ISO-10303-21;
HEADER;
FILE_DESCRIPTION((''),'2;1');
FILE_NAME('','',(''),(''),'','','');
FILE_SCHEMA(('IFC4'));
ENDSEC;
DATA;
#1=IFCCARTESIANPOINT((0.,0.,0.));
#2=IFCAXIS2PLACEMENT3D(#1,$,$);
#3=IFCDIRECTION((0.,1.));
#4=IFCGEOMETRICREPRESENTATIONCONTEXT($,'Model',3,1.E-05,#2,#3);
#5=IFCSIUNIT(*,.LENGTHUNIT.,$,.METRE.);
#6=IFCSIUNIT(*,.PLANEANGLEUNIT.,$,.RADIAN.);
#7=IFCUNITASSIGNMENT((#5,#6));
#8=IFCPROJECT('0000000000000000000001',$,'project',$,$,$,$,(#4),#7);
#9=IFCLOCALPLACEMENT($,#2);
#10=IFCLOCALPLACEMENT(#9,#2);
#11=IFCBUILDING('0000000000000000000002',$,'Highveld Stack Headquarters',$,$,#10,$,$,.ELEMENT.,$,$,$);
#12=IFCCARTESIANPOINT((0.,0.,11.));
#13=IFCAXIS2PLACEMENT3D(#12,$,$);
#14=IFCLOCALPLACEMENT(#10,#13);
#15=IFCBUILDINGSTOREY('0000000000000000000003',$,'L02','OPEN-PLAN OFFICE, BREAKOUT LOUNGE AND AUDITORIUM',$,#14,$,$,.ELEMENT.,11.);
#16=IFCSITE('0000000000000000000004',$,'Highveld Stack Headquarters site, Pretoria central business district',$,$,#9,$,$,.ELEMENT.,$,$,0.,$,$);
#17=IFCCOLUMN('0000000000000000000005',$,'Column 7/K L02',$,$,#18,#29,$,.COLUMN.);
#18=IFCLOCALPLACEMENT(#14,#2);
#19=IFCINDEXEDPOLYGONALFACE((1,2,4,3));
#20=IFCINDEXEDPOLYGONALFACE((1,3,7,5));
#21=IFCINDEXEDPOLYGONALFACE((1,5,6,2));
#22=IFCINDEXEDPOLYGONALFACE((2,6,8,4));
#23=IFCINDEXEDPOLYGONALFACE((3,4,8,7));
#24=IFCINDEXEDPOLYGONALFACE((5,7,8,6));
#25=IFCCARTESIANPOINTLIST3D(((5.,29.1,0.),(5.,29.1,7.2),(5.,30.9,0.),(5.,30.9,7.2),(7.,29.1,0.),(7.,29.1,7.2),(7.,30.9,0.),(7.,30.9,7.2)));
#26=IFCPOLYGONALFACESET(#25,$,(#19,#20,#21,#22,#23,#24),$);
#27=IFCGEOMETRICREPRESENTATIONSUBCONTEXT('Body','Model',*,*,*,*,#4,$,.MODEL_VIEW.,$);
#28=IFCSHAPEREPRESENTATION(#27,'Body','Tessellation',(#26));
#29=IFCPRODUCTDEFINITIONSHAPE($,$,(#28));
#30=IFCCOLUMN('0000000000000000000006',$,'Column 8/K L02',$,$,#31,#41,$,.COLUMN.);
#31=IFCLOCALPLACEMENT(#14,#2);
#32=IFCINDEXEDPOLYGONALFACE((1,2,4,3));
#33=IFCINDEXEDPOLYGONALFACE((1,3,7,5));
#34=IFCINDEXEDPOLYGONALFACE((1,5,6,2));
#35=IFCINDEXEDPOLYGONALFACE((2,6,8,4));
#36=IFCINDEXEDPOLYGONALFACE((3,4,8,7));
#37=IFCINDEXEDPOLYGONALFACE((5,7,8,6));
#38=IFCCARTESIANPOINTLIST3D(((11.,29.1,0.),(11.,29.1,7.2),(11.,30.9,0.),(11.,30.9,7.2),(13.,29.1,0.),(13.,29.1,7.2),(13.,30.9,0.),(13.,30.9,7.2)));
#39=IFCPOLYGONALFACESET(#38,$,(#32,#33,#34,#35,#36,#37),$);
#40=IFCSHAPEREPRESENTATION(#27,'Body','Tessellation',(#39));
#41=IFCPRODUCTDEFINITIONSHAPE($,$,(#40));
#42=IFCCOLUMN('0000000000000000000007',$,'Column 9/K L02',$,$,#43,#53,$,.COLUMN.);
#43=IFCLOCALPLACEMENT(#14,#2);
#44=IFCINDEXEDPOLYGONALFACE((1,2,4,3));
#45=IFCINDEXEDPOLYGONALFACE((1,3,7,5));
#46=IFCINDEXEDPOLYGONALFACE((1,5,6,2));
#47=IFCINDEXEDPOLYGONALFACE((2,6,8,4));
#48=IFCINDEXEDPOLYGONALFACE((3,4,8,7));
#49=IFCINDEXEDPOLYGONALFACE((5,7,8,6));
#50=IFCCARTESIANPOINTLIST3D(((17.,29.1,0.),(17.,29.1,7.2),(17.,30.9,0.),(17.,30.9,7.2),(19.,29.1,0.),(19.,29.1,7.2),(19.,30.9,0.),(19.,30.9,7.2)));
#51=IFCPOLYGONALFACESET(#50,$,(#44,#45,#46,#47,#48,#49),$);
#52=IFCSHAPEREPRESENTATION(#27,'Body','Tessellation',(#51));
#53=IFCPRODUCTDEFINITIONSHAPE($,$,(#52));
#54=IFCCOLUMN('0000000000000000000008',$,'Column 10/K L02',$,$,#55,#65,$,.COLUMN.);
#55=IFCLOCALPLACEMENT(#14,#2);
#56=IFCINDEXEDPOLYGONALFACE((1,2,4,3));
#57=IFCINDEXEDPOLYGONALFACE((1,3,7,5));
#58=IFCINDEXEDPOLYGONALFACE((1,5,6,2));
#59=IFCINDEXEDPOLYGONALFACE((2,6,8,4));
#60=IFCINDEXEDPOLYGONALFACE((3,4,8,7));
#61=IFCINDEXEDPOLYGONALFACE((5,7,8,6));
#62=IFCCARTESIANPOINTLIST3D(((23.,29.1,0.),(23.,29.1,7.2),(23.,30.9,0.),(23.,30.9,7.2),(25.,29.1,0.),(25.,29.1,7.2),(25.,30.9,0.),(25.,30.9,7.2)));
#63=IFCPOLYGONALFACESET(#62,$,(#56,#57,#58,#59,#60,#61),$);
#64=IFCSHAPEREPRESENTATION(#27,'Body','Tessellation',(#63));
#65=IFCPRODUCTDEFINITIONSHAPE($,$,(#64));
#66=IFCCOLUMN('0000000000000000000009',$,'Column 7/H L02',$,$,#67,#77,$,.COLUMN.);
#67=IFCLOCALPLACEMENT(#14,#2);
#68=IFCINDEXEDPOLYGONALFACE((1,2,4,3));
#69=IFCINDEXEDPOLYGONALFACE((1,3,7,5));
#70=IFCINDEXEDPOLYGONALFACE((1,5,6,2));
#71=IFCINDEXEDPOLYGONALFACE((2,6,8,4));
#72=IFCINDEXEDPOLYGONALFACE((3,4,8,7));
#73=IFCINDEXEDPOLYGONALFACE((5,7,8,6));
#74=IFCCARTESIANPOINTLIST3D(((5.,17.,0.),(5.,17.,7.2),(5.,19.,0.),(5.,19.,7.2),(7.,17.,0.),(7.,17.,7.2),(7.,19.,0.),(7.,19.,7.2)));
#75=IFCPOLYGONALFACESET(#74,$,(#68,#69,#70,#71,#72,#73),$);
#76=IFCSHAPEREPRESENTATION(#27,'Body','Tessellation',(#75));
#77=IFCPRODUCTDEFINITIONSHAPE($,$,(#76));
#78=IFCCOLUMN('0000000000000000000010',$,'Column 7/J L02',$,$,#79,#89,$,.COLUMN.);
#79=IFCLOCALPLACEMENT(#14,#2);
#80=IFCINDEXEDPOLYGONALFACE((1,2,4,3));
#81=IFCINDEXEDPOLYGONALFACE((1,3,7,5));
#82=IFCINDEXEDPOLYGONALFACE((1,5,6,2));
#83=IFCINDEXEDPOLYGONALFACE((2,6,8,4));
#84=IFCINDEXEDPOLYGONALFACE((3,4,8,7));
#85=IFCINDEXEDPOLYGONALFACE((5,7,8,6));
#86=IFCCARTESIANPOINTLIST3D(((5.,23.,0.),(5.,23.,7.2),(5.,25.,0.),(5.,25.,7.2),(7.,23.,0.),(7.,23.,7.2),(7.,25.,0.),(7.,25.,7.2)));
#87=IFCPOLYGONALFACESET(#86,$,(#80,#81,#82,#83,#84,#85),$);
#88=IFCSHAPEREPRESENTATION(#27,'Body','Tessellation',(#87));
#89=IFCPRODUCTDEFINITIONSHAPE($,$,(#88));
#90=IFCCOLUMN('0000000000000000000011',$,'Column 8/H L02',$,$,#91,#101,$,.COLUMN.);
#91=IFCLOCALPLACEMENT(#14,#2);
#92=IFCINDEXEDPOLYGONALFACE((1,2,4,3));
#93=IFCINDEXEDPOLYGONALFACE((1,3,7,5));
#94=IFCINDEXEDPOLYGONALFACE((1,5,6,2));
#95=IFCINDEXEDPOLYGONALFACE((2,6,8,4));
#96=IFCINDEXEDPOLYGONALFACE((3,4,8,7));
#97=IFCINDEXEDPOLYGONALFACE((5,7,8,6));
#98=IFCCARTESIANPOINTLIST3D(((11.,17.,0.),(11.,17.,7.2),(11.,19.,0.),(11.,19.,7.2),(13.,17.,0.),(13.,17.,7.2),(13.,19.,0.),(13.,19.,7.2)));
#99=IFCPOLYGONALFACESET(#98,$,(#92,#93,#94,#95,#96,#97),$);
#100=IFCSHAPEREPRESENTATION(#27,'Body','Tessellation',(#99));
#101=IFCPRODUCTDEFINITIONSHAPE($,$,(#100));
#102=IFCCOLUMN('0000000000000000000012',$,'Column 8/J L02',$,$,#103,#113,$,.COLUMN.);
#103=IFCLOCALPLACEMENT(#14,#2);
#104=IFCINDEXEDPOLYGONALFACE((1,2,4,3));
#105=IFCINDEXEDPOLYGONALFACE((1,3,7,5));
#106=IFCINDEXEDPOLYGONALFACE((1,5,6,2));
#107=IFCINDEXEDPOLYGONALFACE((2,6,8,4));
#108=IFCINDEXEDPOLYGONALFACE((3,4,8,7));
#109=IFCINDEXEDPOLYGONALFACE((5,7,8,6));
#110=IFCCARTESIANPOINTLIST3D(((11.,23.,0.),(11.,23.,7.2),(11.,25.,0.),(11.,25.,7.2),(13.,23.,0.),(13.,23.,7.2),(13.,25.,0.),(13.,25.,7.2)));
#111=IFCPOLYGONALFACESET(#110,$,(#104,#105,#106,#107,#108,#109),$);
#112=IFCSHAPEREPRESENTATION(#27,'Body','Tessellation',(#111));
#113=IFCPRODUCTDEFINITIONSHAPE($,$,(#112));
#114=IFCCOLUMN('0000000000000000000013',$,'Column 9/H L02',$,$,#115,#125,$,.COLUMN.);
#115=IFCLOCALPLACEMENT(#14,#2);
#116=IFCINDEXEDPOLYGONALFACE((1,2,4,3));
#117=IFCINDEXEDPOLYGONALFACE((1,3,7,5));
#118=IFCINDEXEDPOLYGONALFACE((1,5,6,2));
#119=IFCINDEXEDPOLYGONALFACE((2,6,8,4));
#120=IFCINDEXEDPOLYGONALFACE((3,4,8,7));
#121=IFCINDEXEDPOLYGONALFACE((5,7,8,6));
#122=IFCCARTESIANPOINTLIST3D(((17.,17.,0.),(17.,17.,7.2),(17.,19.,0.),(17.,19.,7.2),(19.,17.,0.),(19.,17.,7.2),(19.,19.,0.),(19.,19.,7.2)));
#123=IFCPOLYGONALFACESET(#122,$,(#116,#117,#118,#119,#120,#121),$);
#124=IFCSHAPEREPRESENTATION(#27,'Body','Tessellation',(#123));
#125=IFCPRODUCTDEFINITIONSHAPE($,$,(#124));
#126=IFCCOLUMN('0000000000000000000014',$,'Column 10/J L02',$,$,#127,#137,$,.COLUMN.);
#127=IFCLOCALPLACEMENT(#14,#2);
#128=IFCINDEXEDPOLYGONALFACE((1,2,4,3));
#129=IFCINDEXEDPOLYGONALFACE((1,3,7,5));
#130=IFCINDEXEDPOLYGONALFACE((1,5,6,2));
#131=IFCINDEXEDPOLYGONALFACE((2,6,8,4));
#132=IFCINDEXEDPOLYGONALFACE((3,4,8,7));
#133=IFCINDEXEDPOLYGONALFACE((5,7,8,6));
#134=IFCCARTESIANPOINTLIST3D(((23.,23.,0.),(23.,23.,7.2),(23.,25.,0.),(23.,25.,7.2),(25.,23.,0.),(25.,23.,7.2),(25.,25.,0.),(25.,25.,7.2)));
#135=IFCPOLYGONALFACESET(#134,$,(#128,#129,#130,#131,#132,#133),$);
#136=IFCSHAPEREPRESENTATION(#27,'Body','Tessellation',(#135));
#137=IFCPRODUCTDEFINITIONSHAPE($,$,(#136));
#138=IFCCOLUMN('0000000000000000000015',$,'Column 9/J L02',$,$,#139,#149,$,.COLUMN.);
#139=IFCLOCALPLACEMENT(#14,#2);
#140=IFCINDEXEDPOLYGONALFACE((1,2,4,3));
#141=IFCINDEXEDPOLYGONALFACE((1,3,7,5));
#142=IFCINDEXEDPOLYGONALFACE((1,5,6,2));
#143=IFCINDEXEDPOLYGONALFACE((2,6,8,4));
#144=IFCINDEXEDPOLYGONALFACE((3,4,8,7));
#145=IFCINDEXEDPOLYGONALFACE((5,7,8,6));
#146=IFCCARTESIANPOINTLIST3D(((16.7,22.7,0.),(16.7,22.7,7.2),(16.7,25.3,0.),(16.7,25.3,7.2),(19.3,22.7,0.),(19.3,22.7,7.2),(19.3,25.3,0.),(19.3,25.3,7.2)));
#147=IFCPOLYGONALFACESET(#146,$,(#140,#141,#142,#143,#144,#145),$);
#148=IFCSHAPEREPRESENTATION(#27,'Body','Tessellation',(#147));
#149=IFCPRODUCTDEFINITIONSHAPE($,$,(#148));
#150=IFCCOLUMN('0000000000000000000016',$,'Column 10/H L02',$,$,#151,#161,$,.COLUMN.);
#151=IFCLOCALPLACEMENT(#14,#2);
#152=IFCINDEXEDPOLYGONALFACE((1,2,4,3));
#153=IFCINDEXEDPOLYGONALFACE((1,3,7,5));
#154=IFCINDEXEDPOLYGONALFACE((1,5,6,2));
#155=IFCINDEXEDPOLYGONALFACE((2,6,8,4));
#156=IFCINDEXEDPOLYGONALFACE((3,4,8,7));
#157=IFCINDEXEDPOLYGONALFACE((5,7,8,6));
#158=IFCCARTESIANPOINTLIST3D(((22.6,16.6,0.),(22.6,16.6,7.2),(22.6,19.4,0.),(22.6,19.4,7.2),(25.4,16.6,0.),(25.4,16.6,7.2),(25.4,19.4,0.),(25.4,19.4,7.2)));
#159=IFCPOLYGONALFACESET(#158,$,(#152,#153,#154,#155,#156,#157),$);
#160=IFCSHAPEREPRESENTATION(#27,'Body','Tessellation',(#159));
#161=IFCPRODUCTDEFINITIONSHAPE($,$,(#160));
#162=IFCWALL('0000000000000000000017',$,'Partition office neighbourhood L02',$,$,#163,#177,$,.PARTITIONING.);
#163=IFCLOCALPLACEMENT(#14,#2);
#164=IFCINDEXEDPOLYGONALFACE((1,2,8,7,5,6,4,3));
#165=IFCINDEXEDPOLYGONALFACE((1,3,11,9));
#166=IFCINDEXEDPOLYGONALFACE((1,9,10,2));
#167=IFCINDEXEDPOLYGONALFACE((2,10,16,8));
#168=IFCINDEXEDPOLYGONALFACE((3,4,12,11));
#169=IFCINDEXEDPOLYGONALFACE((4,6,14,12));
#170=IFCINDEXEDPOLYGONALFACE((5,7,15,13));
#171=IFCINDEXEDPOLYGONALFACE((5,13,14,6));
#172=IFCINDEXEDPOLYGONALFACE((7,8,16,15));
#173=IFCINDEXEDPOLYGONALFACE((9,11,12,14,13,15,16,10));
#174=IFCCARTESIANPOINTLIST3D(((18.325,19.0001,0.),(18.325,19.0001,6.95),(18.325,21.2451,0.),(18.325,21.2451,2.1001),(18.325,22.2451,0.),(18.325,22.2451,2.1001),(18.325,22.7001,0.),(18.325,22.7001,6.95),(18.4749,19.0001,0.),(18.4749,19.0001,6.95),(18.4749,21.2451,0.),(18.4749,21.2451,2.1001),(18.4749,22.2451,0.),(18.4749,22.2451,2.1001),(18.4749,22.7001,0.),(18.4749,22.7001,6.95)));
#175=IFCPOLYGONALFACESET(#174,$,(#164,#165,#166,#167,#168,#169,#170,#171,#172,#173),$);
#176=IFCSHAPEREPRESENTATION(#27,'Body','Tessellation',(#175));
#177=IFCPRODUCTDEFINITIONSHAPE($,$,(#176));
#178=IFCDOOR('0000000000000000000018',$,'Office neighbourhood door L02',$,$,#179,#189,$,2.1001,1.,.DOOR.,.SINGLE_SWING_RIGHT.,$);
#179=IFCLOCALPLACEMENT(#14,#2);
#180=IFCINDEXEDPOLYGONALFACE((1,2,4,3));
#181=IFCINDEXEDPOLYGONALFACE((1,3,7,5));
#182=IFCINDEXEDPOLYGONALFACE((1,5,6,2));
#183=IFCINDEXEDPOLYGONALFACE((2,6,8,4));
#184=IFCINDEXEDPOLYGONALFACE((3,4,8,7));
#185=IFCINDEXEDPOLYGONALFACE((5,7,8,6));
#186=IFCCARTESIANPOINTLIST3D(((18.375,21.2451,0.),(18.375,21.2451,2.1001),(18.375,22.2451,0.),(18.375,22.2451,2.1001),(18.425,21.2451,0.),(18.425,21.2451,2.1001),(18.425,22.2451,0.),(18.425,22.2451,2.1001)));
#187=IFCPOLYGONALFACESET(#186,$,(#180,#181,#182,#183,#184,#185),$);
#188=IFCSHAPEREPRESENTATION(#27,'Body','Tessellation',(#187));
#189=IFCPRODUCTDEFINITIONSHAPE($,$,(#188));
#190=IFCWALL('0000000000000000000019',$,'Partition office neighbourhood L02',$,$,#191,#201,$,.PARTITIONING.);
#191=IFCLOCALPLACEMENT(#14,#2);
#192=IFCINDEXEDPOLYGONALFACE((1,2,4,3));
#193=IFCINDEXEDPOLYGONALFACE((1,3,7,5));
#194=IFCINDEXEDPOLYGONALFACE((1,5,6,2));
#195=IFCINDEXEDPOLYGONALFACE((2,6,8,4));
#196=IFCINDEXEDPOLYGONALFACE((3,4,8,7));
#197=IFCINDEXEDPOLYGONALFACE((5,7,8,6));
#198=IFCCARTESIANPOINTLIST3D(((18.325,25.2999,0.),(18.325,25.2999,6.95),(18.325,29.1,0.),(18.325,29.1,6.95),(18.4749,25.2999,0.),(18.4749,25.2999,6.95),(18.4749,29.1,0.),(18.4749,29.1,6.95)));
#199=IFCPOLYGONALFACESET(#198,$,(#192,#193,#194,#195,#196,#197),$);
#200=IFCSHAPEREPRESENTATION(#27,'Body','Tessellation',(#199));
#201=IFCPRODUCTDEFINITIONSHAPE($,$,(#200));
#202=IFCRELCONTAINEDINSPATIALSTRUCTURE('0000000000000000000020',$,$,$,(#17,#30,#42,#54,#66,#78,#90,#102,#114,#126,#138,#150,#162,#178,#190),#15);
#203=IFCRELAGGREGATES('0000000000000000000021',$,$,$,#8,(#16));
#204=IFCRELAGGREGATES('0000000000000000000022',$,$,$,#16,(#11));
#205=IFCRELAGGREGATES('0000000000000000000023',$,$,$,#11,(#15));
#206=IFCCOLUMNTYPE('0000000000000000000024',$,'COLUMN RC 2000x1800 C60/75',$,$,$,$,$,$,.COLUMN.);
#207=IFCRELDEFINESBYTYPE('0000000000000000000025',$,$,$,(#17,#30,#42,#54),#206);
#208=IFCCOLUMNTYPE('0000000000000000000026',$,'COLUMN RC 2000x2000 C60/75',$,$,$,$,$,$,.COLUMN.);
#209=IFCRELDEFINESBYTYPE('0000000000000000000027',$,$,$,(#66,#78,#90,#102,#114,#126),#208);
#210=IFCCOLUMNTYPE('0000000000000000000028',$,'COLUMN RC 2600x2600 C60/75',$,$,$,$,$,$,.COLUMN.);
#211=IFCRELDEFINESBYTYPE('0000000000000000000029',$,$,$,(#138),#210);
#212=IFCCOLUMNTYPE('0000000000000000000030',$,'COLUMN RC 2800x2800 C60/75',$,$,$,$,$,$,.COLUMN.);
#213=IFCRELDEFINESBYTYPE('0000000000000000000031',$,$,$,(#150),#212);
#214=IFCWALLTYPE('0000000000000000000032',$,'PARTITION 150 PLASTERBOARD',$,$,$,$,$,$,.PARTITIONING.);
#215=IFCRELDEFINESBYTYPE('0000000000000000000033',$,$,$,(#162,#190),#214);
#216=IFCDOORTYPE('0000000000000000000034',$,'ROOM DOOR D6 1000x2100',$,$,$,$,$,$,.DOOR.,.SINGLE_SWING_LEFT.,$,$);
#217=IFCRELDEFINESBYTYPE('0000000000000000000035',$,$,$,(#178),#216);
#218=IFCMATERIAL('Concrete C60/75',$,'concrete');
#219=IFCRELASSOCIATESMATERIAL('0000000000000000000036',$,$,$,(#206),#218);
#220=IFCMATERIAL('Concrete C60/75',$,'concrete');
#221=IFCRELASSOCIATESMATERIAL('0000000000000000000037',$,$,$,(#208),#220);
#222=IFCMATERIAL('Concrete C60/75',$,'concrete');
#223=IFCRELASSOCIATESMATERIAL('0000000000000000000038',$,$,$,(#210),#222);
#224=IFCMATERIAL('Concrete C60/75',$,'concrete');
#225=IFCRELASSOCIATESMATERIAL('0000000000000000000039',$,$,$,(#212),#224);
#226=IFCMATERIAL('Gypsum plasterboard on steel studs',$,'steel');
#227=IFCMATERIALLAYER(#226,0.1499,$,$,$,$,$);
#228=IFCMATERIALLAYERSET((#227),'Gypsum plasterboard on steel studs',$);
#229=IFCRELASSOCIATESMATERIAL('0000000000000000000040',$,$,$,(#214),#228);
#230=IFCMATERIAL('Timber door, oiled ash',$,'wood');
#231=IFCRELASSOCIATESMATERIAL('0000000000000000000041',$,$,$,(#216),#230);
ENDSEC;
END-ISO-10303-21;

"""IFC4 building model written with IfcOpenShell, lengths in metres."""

from ifc_helpers import new_model, si_unit, direction, frame, frame_2d, origin, origin_2d, place, context, subcontext, project, spatial, rectangle, extrude, material, layer, layer_set, material_profile, profile_set, type_object, element, fill, save


model = new_model("IFC4")

# Units and contexts
model_context = context("Model", 3, precision=1e-05, world=origin(), true_north=direction((0.0, 1.0)))
body_context = subcontext(model_context, "Body", "Model", "MODEL_VIEW")
ifc_project = project(units=[si_unit("LENGTHUNIT", "METRE"), si_unit("PLANEANGLEUNIT", "RADIAN")], contexts=[model_context])

# Site, building, storey
site_placement = place(None, origin())
site = spatial("IfcSite", under=ifc_project, at=site_placement, Name="Highveld Stack Headquarters site, Pretoria central business district", CompositionType="ELEMENT", RefElevation=0.0)
building_placement = place(site_placement, origin())
building = spatial("IfcBuilding", under=site, at=building_placement, Name="Highveld Stack Headquarters", CompositionType="ELEMENT")
storey_placement = place(building_placement, frame((0.0, 0.0, 11.0)))
storey = spatial("IfcBuildingStorey", under=building, at=storey_placement, Name="L02", Description="OPEN-PLAN OFFICE, BREAKOUT LOUNGE AND AUDITORIUM", CompositionType="ELEMENT", Elevation=11.0)

# Columns
ifc_material_1 = material(Name="Concrete C60/75", Category="concrete")
ifc_material_profile_1 = material_profile(ifc_material_1, rectangle(XDim=2.0, YDim=1.8, at=origin_2d()), Name="RC 2000x1800")
ifc_profile_set_1 = profile_set([ifc_material_profile_1], Name="Concrete C60/75")
column_type_1 = type_object("IfcColumnType", Name="COLUMN RC 2000x1800 C60/75", PredefinedType="COLUMN", material=ifc_profile_set_1)
for number, where, z_axis, x_axis, name in (
    (1, (6.0, 30.0, 0.0), (0.0, 0.0, 1.0), (1.0, 0.0, 0.0), "Column 7/K L02"),
    (2, (12.0, 30.0, 0.0), (0.0, 0.0, 1.0), (1.0, 0.0, 0.0), "Column 8/K L02"),
    (3, (18.0, 30.0, 0.0), (0.0, 0.0, 1.0), (1.0, 0.0, 0.0), "Column 9/K L02"),
    (4, (24.0, 30.0, 0.0), (0.0, 0.0, 1.0), (1.0, 0.0, 0.0), "Column 10/K L02"),
):
    element("IfcColumn", number, at=place(storey_placement, frame(where, z_axis=z_axis, x_axis=x_axis)), inside=storey, type_object=column_type_1, Name=name, PredefinedType="COLUMN", context=body_context, shape_type="SweptSolid", body=[
        extrude(rectangle(XDim=2.0, YDim=1.8, at=origin_2d()), origin(), (0.0, 0.0, 1.0), 7.2),
    ])
ifc_material_2 = material(Name="Concrete C60/75", Category="concrete")
ifc_material_profile_2 = material_profile(ifc_material_2, rectangle(XDim=2.0, YDim=2.0, at=origin_2d()), Name="RC 2000x2000")
ifc_profile_set_2 = profile_set([ifc_material_profile_2], Name="Concrete C60/75")
column_type_2 = type_object("IfcColumnType", Name="COLUMN RC 2000x2000 C60/75", PredefinedType="COLUMN", material=ifc_profile_set_2)
for number, where, z_axis, x_axis, name in (
    (5, (6.0, 18.0, 0.0), (0.0, 0.0, 1.0), (1.0, 0.0, 0.0), "Column 7/H L02"),
    (6, (6.0, 24.0, 0.0), (0.0, 0.0, 1.0), (1.0, 0.0, 0.0), "Column 7/J L02"),
    (7, (12.0, 18.0, 0.0), (0.0, 0.0, 1.0), (1.0, 0.0, 0.0), "Column 8/H L02"),
    (8, (12.0, 24.0, 0.0), (0.0, 0.0, 1.0), (1.0, 0.0, 0.0), "Column 8/J L02"),
    (9, (18.0, 18.0, 0.0), (0.0, 0.0, 1.0), (1.0, 0.0, 0.0), "Column 9/H L02"),
    (10, (24.0, 24.0, 0.0), (0.0, 0.0, 1.0), (1.0, 0.0, 0.0), "Column 10/J L02"),
):
    element("IfcColumn", number, at=place(storey_placement, frame(where, z_axis=z_axis, x_axis=x_axis)), inside=storey, type_object=column_type_2, Name=name, PredefinedType="COLUMN", context=body_context, shape_type="SweptSolid", body=[
        extrude(rectangle(XDim=2.0, YDim=2.0, at=origin_2d()), origin(), (0.0, 0.0, 1.0), 7.2),
    ])
ifc_material_3 = material(Name="Concrete C60/75", Category="concrete")
ifc_material_profile_3 = material_profile(ifc_material_3, rectangle(XDim=2.6001, YDim=2.6001, at=origin_2d()), Name="RC 2600x2600")
ifc_profile_set_3 = profile_set([ifc_material_profile_3], Name="Concrete C60/75")
column_type_3 = type_object("IfcColumnType", Name="COLUMN RC 2600x2600 C60/75", PredefinedType="COLUMN", material=ifc_profile_set_3)
column_1_placement = place(storey_placement, frame((18.0, 24.0, 0.0), z_axis=(0.0, 0.0, 1.0), x_axis=(1.0, 0.0, 0.0)))
element("IfcColumn", 11, at=column_1_placement, inside=storey, type_object=column_type_3, Name="Column 9/J L02", PredefinedType="COLUMN", context=body_context, shape_type="SweptSolid", body=[
    extrude(rectangle(XDim=2.6001, YDim=2.6001, at=origin_2d()), origin(), (0.0, 0.0, 1.0), 7.2),
])
ifc_material_4 = material(Name="Concrete C60/75", Category="concrete")
ifc_material_profile_4 = material_profile(ifc_material_4, rectangle(XDim=2.8, YDim=2.8, at=origin_2d()), Name="RC 2800x2800")
ifc_profile_set_4 = profile_set([ifc_material_profile_4], Name="Concrete C60/75")
column_type_4 = type_object("IfcColumnType", Name="COLUMN RC 2800x2800 C60/75", PredefinedType="COLUMN", material=ifc_profile_set_4)
column_2_placement = place(storey_placement, frame((24.0, 18.0, 0.0), z_axis=(0.0, 0.0, 1.0), x_axis=(1.0, 0.0, 0.0)))
element("IfcColumn", 12, at=column_2_placement, inside=storey, type_object=column_type_4, Name="Column 10/H L02", PredefinedType="COLUMN", context=body_context, shape_type="SweptSolid", body=[
    extrude(rectangle(XDim=2.8, YDim=2.8, at=origin_2d()), origin(), (0.0, 0.0, 1.0), 7.2),
])

# Wall, opening, door
ifc_material_5 = material(Name="Gypsum plasterboard on steel studs", Category="steel")
ifc_layer_1 = layer(ifc_material_5, 0.1499)
ifc_layer_set_1 = layer_set([ifc_layer_1], Name="Gypsum plasterboard on steel studs")
wall_type_1 = type_object("IfcWallType", Name="PARTITION 150 PLASTERBOARD", PredefinedType="PARTITIONING", material=ifc_layer_set_1)
wall_1_placement = place(storey_placement, frame((18.3999, 19.0, 0.0), z_axis=(0.0, 0.0, 1.0), x_axis=(0.0, 1.0, 0.0)))
wall_1 = element("IfcWall", 13, at=wall_1_placement, inside=storey, type_object=wall_type_1, Name="Partition office neighbourhood L02", PredefinedType="PARTITIONING", context=body_context, shape_type="SweptSolid", body=[
    extrude(rectangle(XDim=3.7, YDim=0.1499, at=frame_2d((1.8501, 0.0))), origin(), (0.0, 0.0, 1.0), 6.95),
])
opening_1_placement = place(wall_1_placement, frame((2.2451, 0.0, 0.0)))
opening_1 = element("IfcOpeningElement", 14, at=opening_1_placement, cuts=wall_1, PredefinedType="OPENING", context=body_context, shape_type="SweptSolid", body=[
    extrude(rectangle(XDim=1.0, YDim=2.1001, at=frame_2d((0.5, 1.05))), frame((0.0, 0.085, 0.0), z_axis=(0.0, -1.0, 0.0), x_axis=(1.0, 0.0, 0.0)), (0.0, 0.0, 1.0), 0.1699),
])
ifc_material_6 = material(Name="Timber door, oiled ash", Category="wood")
door_type_1 = type_object("IfcDoorType", Name="ROOM DOOR D6 1000x2100", OperationType="SINGLE_SWING_LEFT", PredefinedType="DOOR", material=ifc_material_6)
door_1_placement = place(opening_1_placement, origin())
door_1 = element("IfcDoor", 15, at=door_1_placement, inside=storey, type_object=door_type_1, Name="Office neighbourhood door L02", OperationType="SINGLE_SWING_RIGHT", OverallHeight=2.1001, OverallWidth=1.0, PredefinedType="DOOR", context=body_context, shape_type="SweptSolid", body=[
    extrude(rectangle(XDim=1.0, YDim=2.1001, at=frame_2d((0.5, 1.05))), frame((0.0, 0.0249, 0.0), z_axis=(0.0, -1.0, 0.0), x_axis=(1.0, 0.0, 0.0)), (0.0, 0.0, 1.0), 0.05),
])
fill(opening_1, door_1)

# Wall
wall_2_placement = place(storey_placement, frame((18.3999, 25.3, 0.0), z_axis=(0.0, 0.0, 1.0), x_axis=(0.0, 1.0, 0.0)))
element("IfcWall", 16, at=wall_2_placement, inside=storey, type_object=wall_type_1, Name="Partition office neighbourhood L02", PredefinedType="PARTITIONING", context=body_context, shape_type="SweptSolid", body=[
    extrude(rectangle(XDim=3.8, YDim=0.1499, at=frame_2d((1.8999, 0.0))), origin(), (0.0, 0.0, 1.0), 6.95),
])

save(model, "model.ifc")
